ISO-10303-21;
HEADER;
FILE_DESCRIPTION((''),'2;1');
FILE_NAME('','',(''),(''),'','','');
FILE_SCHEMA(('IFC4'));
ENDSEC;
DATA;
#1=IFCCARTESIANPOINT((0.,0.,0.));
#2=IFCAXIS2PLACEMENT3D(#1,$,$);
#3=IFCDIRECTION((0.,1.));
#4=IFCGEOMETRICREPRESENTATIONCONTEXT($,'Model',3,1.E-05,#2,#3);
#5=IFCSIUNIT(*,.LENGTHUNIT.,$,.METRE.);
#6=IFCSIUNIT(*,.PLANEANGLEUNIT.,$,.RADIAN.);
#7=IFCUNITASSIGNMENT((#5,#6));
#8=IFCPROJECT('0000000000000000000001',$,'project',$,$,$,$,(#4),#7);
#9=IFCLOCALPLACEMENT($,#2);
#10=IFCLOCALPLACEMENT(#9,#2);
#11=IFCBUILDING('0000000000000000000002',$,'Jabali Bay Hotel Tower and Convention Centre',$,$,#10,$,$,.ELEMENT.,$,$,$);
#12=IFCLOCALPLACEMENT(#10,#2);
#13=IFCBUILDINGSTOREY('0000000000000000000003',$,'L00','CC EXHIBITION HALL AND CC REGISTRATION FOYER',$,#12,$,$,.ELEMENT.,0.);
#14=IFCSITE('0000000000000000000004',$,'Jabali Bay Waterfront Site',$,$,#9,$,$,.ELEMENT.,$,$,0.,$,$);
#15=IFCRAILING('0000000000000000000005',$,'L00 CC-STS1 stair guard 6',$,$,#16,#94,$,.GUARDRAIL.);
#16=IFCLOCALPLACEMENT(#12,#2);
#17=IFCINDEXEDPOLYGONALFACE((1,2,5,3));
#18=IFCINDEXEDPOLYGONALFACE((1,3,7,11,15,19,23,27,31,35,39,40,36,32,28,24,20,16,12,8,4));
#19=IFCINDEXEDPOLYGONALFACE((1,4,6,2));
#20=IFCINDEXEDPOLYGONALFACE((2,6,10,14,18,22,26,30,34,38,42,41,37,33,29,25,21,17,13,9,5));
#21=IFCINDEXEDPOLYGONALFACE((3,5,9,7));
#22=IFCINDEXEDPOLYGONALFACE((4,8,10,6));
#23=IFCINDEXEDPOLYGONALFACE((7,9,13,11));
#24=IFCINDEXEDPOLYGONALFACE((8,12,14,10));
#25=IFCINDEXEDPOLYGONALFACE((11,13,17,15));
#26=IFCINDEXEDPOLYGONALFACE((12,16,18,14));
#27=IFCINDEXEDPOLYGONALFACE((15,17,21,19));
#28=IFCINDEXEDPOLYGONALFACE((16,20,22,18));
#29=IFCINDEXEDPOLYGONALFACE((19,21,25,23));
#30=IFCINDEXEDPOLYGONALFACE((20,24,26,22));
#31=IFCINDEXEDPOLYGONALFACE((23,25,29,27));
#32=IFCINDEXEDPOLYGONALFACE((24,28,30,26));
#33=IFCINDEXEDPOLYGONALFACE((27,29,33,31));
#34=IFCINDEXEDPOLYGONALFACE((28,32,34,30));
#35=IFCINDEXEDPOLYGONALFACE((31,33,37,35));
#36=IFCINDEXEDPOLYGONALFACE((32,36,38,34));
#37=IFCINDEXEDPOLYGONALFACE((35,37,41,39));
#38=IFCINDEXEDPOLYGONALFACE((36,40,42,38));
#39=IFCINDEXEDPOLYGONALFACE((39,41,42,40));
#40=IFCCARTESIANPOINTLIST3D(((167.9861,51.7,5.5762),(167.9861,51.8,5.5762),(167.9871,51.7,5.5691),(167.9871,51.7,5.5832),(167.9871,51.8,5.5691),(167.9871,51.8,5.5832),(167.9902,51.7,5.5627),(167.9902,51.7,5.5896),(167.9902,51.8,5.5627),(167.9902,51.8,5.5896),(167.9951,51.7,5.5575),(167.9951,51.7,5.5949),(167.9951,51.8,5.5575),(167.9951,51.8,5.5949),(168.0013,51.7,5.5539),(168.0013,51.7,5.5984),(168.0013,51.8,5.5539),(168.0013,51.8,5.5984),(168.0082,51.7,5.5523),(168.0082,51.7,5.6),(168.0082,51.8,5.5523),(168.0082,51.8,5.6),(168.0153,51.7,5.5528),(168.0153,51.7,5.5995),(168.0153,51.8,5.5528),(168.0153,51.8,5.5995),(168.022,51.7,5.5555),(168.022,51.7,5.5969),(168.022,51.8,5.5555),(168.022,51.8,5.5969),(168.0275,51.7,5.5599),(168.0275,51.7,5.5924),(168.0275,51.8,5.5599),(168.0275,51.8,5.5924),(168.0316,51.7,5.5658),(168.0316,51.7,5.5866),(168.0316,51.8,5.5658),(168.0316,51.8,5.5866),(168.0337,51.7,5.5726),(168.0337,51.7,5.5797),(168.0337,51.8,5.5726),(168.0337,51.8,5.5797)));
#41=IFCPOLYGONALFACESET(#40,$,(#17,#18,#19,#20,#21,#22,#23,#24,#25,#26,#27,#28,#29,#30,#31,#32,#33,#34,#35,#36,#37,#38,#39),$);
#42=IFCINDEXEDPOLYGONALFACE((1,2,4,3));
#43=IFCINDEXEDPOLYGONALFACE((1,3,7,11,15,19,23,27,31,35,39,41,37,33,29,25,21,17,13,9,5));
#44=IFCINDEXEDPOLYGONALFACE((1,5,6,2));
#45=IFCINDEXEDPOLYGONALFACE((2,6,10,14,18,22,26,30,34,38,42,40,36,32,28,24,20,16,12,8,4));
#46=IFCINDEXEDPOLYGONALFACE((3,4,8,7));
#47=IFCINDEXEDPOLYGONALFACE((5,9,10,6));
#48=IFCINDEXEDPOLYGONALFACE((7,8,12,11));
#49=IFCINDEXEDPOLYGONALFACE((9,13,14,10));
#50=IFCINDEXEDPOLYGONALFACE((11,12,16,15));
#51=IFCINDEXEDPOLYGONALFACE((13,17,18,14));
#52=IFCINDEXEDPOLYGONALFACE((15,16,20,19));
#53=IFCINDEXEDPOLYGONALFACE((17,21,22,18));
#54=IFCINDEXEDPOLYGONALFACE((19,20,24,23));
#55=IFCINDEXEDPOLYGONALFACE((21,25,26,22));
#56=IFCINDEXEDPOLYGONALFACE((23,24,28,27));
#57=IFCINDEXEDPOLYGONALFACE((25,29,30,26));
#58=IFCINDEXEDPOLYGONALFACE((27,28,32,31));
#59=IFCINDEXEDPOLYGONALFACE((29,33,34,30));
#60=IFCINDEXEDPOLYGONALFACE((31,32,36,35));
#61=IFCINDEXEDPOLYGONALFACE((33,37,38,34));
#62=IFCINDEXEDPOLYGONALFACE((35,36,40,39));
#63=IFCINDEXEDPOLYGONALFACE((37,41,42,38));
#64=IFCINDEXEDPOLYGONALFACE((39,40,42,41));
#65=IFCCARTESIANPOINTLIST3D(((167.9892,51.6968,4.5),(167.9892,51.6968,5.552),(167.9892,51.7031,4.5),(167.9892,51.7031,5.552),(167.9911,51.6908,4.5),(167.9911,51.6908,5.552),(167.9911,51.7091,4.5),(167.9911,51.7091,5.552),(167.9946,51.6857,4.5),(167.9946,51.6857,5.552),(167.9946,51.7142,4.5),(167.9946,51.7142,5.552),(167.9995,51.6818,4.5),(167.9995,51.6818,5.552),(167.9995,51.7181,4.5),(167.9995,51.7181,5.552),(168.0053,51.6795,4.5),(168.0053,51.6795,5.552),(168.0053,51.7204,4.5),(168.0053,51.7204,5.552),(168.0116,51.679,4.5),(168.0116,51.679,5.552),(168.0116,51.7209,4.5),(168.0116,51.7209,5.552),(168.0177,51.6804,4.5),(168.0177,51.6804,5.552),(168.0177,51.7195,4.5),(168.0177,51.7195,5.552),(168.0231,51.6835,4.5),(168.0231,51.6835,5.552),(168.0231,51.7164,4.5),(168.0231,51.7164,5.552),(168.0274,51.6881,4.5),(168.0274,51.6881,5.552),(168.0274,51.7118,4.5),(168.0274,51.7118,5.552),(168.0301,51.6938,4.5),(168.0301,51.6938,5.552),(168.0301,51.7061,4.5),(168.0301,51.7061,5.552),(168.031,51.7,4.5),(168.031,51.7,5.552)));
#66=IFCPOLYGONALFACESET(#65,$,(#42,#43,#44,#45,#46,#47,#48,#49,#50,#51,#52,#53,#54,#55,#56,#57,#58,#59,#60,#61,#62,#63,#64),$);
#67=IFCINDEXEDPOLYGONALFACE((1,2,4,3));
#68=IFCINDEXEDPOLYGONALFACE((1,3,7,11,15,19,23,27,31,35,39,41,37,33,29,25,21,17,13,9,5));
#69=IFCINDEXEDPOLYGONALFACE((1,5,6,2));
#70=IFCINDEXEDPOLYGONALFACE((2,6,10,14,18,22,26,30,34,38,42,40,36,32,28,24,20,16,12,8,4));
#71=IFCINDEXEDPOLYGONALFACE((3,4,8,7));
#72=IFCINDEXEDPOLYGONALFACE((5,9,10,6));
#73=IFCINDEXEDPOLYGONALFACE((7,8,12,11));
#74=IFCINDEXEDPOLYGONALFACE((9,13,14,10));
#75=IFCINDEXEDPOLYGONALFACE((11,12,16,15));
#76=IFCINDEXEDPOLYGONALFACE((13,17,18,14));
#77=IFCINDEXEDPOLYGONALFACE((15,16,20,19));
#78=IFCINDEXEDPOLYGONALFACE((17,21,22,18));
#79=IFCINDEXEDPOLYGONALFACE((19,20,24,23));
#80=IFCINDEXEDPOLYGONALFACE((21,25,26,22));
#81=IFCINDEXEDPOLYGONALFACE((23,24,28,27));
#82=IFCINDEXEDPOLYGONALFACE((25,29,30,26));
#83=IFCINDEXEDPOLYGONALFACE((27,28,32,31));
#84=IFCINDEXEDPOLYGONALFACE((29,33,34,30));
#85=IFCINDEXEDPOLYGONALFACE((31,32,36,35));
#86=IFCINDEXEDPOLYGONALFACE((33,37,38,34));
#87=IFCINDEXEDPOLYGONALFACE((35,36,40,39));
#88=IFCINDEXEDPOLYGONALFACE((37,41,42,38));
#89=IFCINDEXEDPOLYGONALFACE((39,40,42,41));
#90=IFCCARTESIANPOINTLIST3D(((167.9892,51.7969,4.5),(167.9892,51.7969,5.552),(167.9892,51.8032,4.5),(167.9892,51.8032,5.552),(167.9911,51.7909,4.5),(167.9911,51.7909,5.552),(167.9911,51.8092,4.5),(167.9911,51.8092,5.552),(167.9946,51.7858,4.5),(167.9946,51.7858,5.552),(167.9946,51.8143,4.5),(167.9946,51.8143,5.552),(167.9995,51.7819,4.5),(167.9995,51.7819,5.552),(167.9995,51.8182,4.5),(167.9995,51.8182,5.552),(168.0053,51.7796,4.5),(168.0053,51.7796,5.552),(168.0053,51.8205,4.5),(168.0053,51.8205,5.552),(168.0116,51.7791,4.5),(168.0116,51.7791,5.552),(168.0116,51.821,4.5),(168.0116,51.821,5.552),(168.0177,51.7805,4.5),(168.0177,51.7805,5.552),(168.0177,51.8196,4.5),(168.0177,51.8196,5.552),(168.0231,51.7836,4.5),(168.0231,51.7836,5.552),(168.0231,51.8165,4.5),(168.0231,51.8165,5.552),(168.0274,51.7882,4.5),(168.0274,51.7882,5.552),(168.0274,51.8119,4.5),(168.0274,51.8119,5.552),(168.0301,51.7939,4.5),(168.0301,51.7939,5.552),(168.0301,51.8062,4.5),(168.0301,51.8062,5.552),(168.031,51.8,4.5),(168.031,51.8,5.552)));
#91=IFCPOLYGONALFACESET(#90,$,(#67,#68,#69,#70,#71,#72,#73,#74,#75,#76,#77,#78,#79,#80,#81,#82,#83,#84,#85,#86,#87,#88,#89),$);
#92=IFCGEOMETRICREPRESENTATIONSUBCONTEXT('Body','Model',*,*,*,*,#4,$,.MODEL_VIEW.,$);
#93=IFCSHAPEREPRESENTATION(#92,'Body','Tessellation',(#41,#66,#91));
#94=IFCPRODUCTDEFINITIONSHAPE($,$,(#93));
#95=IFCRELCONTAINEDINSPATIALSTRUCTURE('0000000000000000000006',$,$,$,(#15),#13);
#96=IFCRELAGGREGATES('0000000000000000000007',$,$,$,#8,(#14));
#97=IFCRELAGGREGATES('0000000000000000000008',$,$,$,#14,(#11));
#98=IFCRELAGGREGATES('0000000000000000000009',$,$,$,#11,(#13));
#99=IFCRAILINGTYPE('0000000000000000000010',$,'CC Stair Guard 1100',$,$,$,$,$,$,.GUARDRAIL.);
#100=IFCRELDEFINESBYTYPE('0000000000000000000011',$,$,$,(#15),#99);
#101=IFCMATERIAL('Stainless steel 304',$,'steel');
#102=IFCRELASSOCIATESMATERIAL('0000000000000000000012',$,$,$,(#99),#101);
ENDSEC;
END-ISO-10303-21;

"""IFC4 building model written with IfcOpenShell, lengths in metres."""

from ifc_helpers import new_model, si_unit, direction, frame, origin, origin_2d, place, context, subcontext, project, spatial, circle, extrude, material, type_object, element, save


model = new_model("IFC4")

# Units and contexts
model_context = context("Model", 3, precision=1e-05, world=origin(), true_north=direction((0.0, 1.0)))
body_context = subcontext(model_context, "Body", "Model", "MODEL_VIEW")
ifc_project = project(units=[si_unit("LENGTHUNIT", "METRE"), si_unit("PLANEANGLEUNIT", "RADIAN")], contexts=[model_context])

# Site, building, storey
site_placement = place(None, origin())
site = spatial("IfcSite", under=ifc_project, at=site_placement, Name="Jabali Bay Waterfront Site", CompositionType="ELEMENT", RefElevation=0.0)
building_placement = place(site_placement, origin())
building = spatial("IfcBuilding", under=site, at=building_placement, Name="Jabali Bay Hotel Tower and Convention Centre", CompositionType="ELEMENT")
storey_placement = place(building_placement, origin())
storey = spatial("IfcBuildingStorey", under=building, at=storey_placement, Name="L00", Description="CC EXHIBITION HALL AND CC REGISTRATION FOYER", CompositionType="ELEMENT", Elevation=0.0)

# Railing
ifc_material_1 = material(Name="Stainless steel 304", Category="steel")
railing_type = type_object("IfcRailingType", Name="CC Stair Guard 1100", PredefinedType="GUARDRAIL", material=ifc_material_1)
railing_1_placement = place(storey_placement, frame((168.01, 51.7, 4.5)))
element("IfcRailing", 1, at=railing_1_placement, inside=storey, type_object=railing_type, Name="L00 CC-STS1 stair guard 6", PredefinedType="GUARDRAIL", context=body_context, shape_type="SweptSolid", body=[
    extrude(circle(Radius=0.0239, at=origin_2d()), frame((0.0, 0.0, 1.0762), z_axis=(0.0, 1.0, 0.0), x_axis=(-1.0, 0.0, 0.0)), (0.0, 0.0, 1.0), 0.1001),
    extrude(circle(Radius=0.021, at=origin_2d()), origin(), (0.0, 0.0, 1.0), 1.052),
    extrude(circle(Radius=0.021, at=origin_2d()), frame((0.0, 0.1001, 0.0)), (0.0, 0.0, 1.0), 1.052),
])

save(model, "model.ifc")
